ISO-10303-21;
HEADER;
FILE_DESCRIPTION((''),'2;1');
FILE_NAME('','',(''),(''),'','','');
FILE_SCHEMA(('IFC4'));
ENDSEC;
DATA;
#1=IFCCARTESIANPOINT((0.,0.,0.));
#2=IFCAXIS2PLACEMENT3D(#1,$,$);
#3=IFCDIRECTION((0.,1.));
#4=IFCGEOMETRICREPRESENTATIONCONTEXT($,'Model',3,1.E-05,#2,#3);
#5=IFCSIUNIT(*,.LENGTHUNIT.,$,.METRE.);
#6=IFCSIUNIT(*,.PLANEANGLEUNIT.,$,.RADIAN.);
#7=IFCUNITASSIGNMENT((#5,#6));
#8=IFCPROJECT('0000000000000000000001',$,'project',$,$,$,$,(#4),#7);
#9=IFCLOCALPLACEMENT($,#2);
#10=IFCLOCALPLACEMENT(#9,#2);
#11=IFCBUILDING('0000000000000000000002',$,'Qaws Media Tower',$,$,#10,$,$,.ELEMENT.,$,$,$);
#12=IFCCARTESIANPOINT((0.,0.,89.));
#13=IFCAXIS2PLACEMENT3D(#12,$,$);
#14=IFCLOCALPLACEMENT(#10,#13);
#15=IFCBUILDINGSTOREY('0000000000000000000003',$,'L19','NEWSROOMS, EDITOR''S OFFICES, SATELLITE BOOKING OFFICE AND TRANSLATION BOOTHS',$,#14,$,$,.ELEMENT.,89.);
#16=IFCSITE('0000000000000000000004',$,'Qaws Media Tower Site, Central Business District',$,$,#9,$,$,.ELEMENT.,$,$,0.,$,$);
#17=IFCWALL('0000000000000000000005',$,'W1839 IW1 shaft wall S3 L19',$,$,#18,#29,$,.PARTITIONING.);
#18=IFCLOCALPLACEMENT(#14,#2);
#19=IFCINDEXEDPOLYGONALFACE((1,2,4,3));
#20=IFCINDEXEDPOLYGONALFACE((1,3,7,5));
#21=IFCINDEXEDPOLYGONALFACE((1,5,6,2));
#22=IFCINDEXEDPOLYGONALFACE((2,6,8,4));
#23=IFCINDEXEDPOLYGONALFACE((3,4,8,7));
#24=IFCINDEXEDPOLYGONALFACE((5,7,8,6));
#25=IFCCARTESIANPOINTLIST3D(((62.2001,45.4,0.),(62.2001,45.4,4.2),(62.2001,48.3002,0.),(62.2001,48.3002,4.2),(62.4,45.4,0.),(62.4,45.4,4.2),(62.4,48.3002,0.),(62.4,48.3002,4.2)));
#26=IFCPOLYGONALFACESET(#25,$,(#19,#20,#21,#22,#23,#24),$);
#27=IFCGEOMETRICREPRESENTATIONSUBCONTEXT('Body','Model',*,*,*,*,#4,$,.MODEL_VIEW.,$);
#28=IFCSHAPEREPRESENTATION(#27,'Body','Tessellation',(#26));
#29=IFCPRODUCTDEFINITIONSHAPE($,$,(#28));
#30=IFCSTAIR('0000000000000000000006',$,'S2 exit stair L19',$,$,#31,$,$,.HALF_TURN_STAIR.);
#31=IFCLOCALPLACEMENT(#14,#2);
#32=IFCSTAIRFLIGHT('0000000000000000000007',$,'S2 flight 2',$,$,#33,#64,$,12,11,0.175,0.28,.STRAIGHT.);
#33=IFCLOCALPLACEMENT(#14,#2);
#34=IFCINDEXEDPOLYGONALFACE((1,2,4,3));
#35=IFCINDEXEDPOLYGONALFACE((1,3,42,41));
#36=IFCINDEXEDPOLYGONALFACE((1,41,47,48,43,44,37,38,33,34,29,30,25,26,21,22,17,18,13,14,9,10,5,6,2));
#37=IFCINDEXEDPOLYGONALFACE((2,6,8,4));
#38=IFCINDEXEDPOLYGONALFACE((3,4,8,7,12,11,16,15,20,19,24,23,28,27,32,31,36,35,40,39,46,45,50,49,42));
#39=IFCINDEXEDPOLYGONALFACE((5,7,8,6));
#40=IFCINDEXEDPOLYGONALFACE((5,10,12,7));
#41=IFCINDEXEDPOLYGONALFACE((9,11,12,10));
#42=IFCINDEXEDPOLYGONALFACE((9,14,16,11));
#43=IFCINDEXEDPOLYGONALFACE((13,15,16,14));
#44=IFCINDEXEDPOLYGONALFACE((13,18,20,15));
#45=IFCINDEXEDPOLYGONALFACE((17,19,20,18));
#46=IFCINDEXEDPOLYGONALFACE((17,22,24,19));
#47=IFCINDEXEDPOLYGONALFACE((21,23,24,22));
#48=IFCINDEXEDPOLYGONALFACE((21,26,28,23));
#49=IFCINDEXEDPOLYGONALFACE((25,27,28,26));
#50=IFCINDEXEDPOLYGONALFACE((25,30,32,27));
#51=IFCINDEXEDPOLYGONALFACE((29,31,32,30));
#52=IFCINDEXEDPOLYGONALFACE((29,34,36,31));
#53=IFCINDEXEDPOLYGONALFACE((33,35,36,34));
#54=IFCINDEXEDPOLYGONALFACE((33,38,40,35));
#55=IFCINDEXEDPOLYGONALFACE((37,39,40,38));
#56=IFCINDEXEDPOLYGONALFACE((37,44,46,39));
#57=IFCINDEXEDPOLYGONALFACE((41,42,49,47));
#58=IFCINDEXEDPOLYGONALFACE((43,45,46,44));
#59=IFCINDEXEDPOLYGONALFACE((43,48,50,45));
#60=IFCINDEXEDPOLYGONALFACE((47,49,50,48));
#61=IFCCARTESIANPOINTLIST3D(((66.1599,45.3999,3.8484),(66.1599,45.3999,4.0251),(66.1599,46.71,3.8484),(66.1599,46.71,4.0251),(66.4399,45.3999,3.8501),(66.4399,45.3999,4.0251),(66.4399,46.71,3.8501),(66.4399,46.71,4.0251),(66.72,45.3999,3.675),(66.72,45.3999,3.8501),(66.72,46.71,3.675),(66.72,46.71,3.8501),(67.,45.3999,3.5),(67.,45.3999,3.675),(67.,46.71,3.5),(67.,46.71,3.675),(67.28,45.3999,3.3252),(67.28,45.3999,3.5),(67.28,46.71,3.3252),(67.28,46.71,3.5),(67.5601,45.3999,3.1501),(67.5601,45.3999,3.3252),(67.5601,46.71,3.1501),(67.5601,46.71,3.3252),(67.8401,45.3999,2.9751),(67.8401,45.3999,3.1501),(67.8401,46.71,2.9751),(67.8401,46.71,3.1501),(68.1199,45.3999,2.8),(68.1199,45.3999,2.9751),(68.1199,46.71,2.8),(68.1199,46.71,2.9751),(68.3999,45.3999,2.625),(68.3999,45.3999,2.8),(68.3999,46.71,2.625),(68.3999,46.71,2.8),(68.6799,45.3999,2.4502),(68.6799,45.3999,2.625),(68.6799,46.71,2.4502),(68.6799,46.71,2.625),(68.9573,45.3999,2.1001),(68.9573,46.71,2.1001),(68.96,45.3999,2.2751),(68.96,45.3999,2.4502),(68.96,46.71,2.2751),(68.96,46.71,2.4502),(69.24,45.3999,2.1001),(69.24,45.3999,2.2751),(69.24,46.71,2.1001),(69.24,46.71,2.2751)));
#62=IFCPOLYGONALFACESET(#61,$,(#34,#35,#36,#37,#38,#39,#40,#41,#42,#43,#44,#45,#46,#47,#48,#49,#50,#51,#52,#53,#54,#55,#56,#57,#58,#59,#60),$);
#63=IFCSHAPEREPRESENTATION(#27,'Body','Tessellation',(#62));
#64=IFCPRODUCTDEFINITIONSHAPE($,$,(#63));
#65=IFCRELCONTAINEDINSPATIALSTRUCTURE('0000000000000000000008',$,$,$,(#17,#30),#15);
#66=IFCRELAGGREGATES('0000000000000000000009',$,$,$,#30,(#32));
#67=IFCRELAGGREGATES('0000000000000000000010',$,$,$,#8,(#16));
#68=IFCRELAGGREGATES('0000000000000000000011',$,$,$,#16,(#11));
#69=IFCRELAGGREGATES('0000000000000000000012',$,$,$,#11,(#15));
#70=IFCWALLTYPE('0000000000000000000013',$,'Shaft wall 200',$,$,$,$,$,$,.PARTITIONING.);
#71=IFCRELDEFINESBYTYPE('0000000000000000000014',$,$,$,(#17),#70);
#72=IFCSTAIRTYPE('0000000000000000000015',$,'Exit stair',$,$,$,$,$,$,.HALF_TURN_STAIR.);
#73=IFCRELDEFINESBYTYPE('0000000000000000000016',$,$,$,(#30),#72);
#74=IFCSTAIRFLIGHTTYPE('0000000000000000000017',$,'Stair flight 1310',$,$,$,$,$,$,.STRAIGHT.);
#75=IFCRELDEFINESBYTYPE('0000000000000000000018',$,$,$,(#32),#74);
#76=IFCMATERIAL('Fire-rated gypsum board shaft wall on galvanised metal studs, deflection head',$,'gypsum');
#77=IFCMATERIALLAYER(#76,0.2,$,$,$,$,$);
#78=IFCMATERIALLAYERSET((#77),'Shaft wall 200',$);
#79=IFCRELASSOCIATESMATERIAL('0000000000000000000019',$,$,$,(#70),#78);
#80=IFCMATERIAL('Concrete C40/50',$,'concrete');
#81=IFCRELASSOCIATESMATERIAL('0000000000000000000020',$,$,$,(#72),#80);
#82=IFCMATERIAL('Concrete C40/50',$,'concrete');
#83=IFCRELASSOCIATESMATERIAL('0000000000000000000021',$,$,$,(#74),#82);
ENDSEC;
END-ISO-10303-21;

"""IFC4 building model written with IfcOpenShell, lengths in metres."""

from ifc_helpers import new_model, si_unit, direction, frame, frame_2d, origin, place, context, subcontext, project, spatial, polyline, rectangle, outline, extrude, material, layer, layer_set, type_object, element, aggregate, save


model = new_model("IFC4")

# Units and contexts
model_context = context("Model", 3, precision=1e-05, world=origin(), true_north=direction((0.0, 1.0)))
body_context = subcontext(model_context, "Body", "Model", "MODEL_VIEW")
ifc_project = project(units=[si_unit("LENGTHUNIT", "METRE"), si_unit("PLANEANGLEUNIT", "RADIAN")], contexts=[model_context])

# Site, building, storey
site_placement = place(None, origin())
site = spatial("IfcSite", under=ifc_project, at=site_placement, Name="Qaws Media Tower Site, Central Business District", CompositionType="ELEMENT", RefElevation=0.0)
building_placement = place(site_placement, origin())
building = spatial("IfcBuilding", under=site, at=building_placement, Name="Qaws Media Tower", CompositionType="ELEMENT")
storey_placement = place(building_placement, frame((0.0, 0.0, 89.0)))
storey = spatial("IfcBuildingStorey", under=building, at=storey_placement, Name="L19", Description="NEWSROOMS, EDITOR'S OFFICES, SATELLITE BOOKING OFFICE AND TRANSLATION BOOTHS", CompositionType="ELEMENT", Elevation=89.0)

# Wall
ifc_material_1 = material(Name="Fire-rated gypsum board shaft wall on galvanised metal studs, deflection head", Category="gypsum")
ifc_layer_1 = layer(ifc_material_1, 0.2)
ifc_layer_set_1 = layer_set([ifc_layer_1], Name="Shaft wall 200")
wall_type_1 = type_object("IfcWallType", Name="Shaft wall 200", PredefinedType="PARTITIONING", material=ifc_layer_set_1)
for number, where, z_axis, x_axis, name in (
    (1, (62.3, 45.3999, 0.0), (0.0, 0.0, 1.0), (0.0, 1.0, 0.0), "W1839 IW1 shaft wall S3 L19"),
):
    element("IfcWall", number, at=place(storey_placement, frame(where, z_axis=z_axis, x_axis=x_axis)), inside=storey, type_object=wall_type_1, Name=name, PredefinedType="PARTITIONING", context=body_context, shape_type="SweptSolid", body=[
        extrude(rectangle(XDim=2.9001, YDim=0.2, at=frame_2d((1.4502, 0.0))), origin(), (0.0, 0.0, 1.0), 4.2),
    ])

# Stair, stair flight
ifc_material_2 = material(Name="Concrete C40/50", Category="concrete")
stair_type = type_object("IfcStairType", Name="Exit stair", PredefinedType="HALF_TURN_STAIR", material=ifc_material_2)
stair_placement = place(storey_placement, origin())
stair = element("IfcStair", 2, at=stair_placement, inside=storey, type_object=stair_type, Name="S2 exit stair L19", PredefinedType="HALF_TURN_STAIR")
ifc_material_3 = material(Name="Concrete C40/50", Category="concrete")
stair_flight_type = type_object("IfcStairFlightType", Name="Stair flight 1310", PredefinedType="STRAIGHT", material=ifc_material_3)
stair_flight_placement = place(storey_placement, frame((69.24, 46.0549, 2.1001), z_axis=(0.0, 0.0, 1.0), x_axis=(-1.0, 0.0, 0.0)))
stair_flight = element("IfcStairFlight", 3, at=stair_flight_placement, type_object=stair_flight_type, Name="S2 flight 2", NumberOfRisers=12, NumberOfTreads=11, PredefinedType="STRAIGHT", RiserHeight=0.175, TreadLength=0.28, context=body_context, shape_type="SweptSolid", body=[
    extrude(outline(polyline([(0.0, 0.0), (0.0, 0.175), (0.28, 0.175), (0.28, 0.3501), (0.5601, 0.3501), (0.5601, 0.5249), (0.8401, 0.5249), (0.8401, 0.7), (1.1201, 0.7), (1.1201, 0.875), (1.3999, 0.875), (1.3999, 1.05), (1.6799, 1.05), (1.6799, 1.2251), (1.96, 1.2251), (1.96, 1.3999), (2.24, 1.3999), (2.24, 1.575), (2.52, 1.575), (2.52, 1.75), (2.8, 1.75), (2.8, 1.925), (3.0801, 1.925), (3.0801, 2.1001), (3.0801, 1.7483), (0.2827, 0.0), (0.0, 0.0)])), frame((0.0, 0.655, 0.0), z_axis=(0.0, -1.0, 0.0), x_axis=(1.0, 0.0, 0.0)), (0.0, 0.0, 1.0), 1.3101),
])
aggregate(stair, [stair_flight])

save(model, "model.ifc")
